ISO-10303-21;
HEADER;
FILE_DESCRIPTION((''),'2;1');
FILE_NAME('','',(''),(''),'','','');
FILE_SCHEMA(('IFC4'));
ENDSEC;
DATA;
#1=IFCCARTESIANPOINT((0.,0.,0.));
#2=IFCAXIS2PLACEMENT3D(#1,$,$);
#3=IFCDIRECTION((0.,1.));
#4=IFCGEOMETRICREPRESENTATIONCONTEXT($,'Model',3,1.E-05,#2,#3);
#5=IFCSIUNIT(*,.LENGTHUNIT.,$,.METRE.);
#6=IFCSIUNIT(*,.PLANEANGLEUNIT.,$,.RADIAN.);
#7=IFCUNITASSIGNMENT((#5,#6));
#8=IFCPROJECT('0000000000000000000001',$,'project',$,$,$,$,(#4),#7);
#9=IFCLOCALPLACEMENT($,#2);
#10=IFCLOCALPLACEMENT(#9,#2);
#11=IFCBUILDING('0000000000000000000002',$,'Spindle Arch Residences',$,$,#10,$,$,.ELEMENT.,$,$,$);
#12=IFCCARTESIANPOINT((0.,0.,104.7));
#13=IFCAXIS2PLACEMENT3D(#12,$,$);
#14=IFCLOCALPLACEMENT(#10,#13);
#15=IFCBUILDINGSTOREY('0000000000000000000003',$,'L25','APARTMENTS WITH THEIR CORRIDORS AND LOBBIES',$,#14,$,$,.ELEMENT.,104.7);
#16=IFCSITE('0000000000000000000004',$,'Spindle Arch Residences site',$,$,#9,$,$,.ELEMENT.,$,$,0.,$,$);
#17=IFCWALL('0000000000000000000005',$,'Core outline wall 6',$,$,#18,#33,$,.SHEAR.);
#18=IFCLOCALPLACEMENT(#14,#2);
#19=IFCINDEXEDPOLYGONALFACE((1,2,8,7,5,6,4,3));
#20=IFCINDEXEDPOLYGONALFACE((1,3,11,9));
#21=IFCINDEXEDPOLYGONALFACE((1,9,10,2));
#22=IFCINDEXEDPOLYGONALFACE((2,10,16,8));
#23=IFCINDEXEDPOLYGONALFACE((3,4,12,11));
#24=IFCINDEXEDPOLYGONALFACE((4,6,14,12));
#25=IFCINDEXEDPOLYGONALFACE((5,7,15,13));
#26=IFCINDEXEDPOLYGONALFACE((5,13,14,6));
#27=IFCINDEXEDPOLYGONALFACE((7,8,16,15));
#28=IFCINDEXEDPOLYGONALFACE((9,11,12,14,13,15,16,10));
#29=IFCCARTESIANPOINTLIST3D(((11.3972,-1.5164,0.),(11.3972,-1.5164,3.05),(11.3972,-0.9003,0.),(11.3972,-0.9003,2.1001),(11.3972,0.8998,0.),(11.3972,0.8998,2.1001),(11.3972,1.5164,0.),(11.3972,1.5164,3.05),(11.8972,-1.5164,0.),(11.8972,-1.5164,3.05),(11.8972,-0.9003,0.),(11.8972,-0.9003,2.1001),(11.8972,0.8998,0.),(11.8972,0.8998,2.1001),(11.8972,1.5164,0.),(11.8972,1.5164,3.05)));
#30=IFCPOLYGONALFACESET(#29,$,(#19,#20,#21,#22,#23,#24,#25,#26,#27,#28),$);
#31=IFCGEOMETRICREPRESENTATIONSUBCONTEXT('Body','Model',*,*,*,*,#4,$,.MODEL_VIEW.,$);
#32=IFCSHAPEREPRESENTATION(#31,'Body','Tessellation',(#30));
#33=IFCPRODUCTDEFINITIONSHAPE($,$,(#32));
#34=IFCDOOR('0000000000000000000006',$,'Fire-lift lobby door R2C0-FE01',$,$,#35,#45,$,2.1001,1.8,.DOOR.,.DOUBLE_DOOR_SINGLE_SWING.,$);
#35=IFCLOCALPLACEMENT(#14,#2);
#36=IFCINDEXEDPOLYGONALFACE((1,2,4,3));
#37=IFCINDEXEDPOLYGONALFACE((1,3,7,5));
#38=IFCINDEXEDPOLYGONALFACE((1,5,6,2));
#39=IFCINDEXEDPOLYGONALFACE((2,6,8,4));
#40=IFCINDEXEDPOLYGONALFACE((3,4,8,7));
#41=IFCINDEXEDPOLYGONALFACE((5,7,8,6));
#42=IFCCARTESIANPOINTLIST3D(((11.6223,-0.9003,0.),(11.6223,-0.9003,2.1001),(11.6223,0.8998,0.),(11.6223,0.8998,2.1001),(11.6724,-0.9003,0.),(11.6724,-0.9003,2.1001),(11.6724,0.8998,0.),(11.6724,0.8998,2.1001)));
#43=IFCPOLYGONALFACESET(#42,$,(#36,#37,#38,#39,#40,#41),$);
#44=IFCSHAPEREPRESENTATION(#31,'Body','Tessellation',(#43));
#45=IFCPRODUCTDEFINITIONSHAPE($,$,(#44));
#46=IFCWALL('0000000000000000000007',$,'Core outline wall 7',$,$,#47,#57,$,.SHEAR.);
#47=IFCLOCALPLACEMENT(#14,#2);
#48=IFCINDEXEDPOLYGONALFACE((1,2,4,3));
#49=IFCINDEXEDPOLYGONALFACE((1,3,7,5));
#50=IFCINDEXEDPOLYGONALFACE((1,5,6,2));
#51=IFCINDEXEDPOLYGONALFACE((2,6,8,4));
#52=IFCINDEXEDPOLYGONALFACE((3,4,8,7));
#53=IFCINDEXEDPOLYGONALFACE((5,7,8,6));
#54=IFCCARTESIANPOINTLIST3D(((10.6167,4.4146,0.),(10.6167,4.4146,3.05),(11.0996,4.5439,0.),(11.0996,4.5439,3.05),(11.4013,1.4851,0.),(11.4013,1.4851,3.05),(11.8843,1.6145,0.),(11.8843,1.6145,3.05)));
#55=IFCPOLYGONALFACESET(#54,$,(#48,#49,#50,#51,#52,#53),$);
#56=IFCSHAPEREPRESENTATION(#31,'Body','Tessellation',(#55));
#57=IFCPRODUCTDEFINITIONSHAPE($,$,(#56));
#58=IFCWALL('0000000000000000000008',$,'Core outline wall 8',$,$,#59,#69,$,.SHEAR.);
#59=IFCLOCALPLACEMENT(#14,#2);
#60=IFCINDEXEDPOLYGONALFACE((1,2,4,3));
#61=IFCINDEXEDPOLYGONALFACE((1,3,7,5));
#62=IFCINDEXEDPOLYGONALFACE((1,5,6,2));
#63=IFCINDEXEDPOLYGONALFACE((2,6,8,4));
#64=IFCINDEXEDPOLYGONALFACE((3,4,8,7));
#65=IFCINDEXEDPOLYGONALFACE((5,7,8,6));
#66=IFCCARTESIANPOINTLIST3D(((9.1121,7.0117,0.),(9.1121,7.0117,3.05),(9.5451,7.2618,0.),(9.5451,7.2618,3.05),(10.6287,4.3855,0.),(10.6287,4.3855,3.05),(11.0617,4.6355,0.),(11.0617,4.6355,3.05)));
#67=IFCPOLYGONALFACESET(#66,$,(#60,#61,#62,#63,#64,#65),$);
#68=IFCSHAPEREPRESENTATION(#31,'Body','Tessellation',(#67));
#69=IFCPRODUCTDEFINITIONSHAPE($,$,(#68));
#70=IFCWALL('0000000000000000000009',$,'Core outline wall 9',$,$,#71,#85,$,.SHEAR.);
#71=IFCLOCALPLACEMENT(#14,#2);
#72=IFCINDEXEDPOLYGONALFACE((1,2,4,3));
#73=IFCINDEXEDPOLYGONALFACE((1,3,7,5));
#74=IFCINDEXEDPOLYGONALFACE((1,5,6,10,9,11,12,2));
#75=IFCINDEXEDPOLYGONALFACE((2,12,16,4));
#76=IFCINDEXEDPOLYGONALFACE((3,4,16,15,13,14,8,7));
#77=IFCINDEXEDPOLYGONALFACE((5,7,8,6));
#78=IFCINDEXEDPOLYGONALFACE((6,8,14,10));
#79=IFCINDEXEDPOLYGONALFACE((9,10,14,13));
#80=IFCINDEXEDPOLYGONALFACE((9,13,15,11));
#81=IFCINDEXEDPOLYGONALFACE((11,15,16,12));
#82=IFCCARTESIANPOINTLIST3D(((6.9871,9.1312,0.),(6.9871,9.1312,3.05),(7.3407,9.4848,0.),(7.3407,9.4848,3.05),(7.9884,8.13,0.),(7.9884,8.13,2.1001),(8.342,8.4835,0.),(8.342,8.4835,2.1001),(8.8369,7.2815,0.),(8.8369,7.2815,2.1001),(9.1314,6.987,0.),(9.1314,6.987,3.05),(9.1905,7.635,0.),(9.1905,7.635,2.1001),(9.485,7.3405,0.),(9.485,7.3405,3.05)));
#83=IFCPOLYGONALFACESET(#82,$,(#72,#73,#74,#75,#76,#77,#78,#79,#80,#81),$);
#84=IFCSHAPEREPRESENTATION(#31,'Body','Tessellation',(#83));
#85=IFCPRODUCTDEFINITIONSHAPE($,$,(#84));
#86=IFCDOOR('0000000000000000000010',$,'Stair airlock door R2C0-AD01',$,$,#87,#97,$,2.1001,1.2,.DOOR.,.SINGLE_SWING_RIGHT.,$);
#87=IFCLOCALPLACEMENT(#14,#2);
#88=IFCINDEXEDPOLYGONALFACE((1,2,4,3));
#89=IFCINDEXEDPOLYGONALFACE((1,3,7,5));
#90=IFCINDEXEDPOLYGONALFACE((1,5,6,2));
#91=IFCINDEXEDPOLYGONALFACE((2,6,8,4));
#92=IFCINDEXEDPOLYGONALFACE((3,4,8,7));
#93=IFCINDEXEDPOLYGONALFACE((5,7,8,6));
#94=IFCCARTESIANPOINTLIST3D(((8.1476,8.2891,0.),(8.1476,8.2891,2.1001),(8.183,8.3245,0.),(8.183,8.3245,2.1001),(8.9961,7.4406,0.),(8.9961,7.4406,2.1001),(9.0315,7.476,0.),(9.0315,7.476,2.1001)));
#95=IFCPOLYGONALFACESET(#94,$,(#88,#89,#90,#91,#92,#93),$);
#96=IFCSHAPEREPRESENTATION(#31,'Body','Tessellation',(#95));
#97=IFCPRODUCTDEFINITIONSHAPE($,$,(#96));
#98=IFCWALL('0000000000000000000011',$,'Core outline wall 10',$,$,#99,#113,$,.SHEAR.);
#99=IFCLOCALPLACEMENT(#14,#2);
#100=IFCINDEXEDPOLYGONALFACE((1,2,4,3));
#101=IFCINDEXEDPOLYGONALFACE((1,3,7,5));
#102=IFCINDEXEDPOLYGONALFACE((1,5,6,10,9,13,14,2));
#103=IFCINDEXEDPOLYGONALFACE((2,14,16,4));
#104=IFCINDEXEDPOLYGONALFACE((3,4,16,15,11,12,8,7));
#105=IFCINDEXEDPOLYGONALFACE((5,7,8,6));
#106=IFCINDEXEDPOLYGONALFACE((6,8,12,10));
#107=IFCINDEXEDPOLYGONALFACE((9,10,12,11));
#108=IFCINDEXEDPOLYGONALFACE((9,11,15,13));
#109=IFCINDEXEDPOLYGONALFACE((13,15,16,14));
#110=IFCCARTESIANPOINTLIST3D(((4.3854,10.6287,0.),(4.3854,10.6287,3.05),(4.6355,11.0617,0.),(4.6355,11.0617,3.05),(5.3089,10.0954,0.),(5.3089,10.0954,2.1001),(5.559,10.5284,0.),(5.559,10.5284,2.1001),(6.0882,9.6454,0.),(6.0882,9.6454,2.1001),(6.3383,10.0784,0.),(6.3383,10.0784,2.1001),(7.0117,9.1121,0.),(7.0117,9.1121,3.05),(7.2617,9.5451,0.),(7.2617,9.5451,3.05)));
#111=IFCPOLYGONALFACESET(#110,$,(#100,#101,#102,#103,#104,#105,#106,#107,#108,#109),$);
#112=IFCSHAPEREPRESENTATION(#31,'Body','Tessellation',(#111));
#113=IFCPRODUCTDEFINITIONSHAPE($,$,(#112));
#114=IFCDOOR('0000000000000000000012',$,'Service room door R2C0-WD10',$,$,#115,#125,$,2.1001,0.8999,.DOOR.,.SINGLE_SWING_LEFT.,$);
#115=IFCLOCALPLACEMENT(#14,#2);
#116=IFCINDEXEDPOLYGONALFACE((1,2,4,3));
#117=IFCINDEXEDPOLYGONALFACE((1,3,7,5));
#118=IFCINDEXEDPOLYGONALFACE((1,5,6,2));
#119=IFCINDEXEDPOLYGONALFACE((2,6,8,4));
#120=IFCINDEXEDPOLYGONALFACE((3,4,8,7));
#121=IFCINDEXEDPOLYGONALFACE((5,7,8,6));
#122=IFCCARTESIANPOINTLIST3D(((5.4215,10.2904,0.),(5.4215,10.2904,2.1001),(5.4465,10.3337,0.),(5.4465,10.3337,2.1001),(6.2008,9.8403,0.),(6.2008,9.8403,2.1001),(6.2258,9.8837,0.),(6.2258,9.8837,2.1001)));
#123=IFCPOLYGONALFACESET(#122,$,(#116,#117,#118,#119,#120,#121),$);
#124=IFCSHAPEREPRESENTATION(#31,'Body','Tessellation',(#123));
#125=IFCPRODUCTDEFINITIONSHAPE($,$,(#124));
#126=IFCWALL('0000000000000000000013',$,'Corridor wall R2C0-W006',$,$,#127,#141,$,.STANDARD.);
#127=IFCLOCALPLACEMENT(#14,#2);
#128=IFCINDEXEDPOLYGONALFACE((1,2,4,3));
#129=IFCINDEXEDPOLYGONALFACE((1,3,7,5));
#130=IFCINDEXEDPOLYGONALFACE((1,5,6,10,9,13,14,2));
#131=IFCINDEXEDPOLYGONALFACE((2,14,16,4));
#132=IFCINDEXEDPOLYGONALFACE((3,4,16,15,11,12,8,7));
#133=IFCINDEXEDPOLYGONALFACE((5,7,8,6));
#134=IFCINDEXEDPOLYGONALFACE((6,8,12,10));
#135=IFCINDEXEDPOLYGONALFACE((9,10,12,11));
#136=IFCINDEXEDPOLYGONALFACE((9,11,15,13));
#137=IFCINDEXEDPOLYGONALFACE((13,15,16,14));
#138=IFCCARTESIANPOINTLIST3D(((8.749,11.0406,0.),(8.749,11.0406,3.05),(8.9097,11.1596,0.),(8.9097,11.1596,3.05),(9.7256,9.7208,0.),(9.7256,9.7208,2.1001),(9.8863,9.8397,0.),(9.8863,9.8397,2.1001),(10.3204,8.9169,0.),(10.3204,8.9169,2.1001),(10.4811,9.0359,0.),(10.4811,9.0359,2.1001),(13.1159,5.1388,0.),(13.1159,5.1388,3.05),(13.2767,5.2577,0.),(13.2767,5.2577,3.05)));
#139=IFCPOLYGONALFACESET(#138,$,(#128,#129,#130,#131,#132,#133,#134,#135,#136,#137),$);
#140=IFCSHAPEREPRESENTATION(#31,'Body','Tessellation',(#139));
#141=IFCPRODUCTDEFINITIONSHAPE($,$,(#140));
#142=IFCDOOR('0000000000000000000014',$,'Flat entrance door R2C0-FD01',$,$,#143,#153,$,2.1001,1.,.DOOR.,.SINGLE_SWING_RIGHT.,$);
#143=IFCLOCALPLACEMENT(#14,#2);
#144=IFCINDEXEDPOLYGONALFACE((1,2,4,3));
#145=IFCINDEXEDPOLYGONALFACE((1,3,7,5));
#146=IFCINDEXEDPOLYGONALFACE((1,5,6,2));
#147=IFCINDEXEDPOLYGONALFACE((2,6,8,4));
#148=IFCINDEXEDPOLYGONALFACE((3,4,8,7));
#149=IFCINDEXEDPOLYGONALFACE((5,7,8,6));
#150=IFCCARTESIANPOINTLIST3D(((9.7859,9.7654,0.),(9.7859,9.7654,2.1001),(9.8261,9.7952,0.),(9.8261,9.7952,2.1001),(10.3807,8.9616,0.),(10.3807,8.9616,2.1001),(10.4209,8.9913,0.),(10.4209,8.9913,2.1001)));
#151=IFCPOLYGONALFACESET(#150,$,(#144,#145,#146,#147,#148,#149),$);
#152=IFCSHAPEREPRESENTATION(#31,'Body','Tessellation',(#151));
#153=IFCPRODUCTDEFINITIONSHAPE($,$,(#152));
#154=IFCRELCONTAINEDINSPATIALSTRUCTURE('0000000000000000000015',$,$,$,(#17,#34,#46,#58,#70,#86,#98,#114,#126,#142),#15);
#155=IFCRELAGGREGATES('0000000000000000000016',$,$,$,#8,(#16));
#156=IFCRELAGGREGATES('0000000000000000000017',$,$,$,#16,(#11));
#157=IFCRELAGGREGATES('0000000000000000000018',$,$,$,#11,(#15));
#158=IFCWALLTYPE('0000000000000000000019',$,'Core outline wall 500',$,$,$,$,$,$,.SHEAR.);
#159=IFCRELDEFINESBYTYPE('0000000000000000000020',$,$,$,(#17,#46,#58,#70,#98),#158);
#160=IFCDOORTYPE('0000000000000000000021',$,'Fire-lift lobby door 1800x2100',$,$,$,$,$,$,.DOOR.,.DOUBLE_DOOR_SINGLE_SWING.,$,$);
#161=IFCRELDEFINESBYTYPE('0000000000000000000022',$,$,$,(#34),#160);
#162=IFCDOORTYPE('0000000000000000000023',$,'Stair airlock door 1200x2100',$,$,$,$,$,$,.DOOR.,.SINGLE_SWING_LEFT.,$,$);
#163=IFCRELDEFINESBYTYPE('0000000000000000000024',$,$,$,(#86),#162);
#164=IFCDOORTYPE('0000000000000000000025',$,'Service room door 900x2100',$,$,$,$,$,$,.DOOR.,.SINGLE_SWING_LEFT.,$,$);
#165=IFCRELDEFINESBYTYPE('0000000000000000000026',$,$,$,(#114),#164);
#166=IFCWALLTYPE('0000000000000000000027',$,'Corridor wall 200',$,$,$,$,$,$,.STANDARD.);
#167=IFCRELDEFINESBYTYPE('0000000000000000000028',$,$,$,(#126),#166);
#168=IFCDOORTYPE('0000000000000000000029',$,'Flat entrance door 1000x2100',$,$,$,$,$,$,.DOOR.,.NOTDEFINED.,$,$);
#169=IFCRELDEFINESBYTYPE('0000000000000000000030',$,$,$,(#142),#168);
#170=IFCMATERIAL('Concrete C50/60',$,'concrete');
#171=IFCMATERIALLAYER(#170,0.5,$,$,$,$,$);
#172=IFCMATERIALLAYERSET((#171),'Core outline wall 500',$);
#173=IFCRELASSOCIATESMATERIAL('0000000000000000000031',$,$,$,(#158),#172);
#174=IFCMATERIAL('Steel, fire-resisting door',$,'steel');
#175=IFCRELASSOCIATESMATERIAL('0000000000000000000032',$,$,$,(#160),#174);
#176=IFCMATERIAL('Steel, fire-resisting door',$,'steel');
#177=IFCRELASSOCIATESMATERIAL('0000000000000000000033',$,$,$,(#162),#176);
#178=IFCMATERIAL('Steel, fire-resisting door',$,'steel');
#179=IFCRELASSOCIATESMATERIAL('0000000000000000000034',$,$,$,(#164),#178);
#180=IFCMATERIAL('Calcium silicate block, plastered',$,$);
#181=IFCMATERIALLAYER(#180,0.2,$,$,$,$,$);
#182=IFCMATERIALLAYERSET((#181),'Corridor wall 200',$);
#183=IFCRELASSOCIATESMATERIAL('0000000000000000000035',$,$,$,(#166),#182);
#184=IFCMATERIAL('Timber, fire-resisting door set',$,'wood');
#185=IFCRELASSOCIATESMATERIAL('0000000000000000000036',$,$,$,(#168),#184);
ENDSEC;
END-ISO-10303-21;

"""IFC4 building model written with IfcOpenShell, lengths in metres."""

from ifc_helpers import new_model, si_unit, direction, frame, frame_2d, origin, place, context, subcontext, project, spatial, rectangle, extrude, material, layer, layer_set, type_object, element, fill, save


model = new_model("IFC4")

# Units and contexts
model_context = context("Model", 3, precision=1e-05, world=origin(), true_north=direction((0.0, 1.0)))
body_context = subcontext(model_context, "Body", "Model", "MODEL_VIEW")
ifc_project = project(units=[si_unit("LENGTHUNIT", "METRE"), si_unit("PLANEANGLEUNIT", "RADIAN")], contexts=[model_context])

# Site, building, storey
site_placement = place(None, origin())
site = spatial("IfcSite", under=ifc_project, at=site_placement, Name="Spindle Arch Residences site", CompositionType="ELEMENT", RefElevation=0.0)
building_placement = place(site_placement, origin())
building = spatial("IfcBuilding", under=site, at=building_placement, Name="Spindle Arch Residences", CompositionType="ELEMENT")
storey_placement = place(building_placement, frame((0.0, 0.0, 104.7)))
storey = spatial("IfcBuildingStorey", under=building, at=storey_placement, Name="L25", Description="APARTMENTS WITH THEIR CORRIDORS AND LOBBIES", CompositionType="ELEMENT", Elevation=104.7)

# Wall, opening, door
ifc_material_1 = material(Name="Concrete C50/60", Category="concrete")
ifc_layer_1 = layer(ifc_material_1, 0.5)
ifc_layer_set_1 = layer_set([ifc_layer_1], Name="Core outline wall 500")
wall_type_1 = type_object("IfcWallType", Name="Core outline wall 500", PredefinedType="SHEAR", material=ifc_layer_set_1)
wall_1_placement = place(storey_placement, frame((11.6472, -1.5164, 0.0), z_axis=(0.0, 0.0, 1.0), x_axis=(0.0, 1.0, 0.0)))
wall_1 = element("IfcWall", 1, at=wall_1_placement, inside=storey, type_object=wall_type_1, Name="Core outline wall 6", PredefinedType="SHEAR", context=body_context, shape_type="SweptSolid", body=[
    extrude(rectangle(XDim=3.0327, YDim=0.5, at=frame_2d((1.5164, 0.0))), origin(), (0.0, 0.0, 1.0), 3.05),
])
opening_1_placement = place(wall_1_placement, frame((0.6162, 0.0, 0.0)))
opening_1 = element("IfcOpeningElement", 2, at=opening_1_placement, cuts=wall_1, PredefinedType="OPENING", context=body_context, shape_type="SweptSolid", body=[
    extrude(rectangle(XDim=1.8, YDim=2.1001, at=frame_2d((0.8999, 1.05))), frame((0.0, 0.26, 0.0), z_axis=(0.0, -1.0, 0.0), x_axis=(1.0, 0.0, 0.0)), (0.0, 0.0, 1.0), 0.52),
])
ifc_material_2 = material(Name="Steel, fire-resisting door", Category="steel")
door_type_1 = type_object("IfcDoorType", Name="Fire-lift lobby door 1800x2100", OperationType="DOUBLE_DOOR_SINGLE_SWING", PredefinedType="DOOR", material=ifc_material_2)
door_1_placement = place(opening_1_placement, origin())
door_1 = element("IfcDoor", 3, at=door_1_placement, inside=storey, type_object=door_type_1, Name="Fire-lift lobby door R2C0-FE01", OperationType="DOUBLE_DOOR_SINGLE_SWING", OverallHeight=2.1001, OverallWidth=1.8, PredefinedType="DOOR", context=body_context, shape_type="SweptSolid", body=[
    extrude(rectangle(XDim=1.8, YDim=2.1001, at=frame_2d((0.8999, 1.05))), frame((0.0, 0.0249, 0.0), z_axis=(0.0, -1.0, 0.0), x_axis=(1.0, 0.0, 0.0)), (0.0, 0.0, 1.0), 0.05),
])
fill(opening_1, door_1)

# Walls
for number, where, z_axis, x_axis, name in (
    (4, (11.6428, 1.5498, 0.0), (0.0, 0.0, 1.0), (-0.258735, 0.965948, 0.0), "Core outline wall 7"),
    (5, (10.8452, 4.5105, 0.0), (0.0, 0.0, 1.0), (-0.500087, 0.865975, 0.0), "Core outline wall 8"),
):
    element("IfcWall", number, at=place(storey_placement, frame(where, z_axis=z_axis, x_axis=x_axis)), inside=storey, type_object=wall_type_1, Name=name, PredefinedType="SHEAR", context=body_context, shape_type="SweptSolid", body=[
        extrude(rectangle(XDim=3.0327, YDim=0.5, at=frame_2d((1.5164, 0.0))), origin(), (0.0, 0.0, 1.0), 3.05),
    ])

# Walls, openings, doors
wall_2_placement = place(storey_placement, frame((9.3081, 7.1638, 0.0), z_axis=(0.0, 0.0, 1.0), x_axis=(-0.707107, 0.707107, 0.0)))
wall_2 = element("IfcWall", 6, at=wall_2_placement, inside=storey, type_object=wall_type_1, Name="Core outline wall 9", PredefinedType="SHEAR", context=body_context, shape_type="SweptSolid", body=[
    extrude(rectangle(XDim=3.0325, YDim=0.5, at=frame_2d((1.5161, 0.0))), origin(), (0.0, 0.0, 1.0), 3.05),
])
opening_2_placement = place(wall_2_placement, frame((0.4163, 0.0, 0.0)))
opening_2 = element("IfcOpeningElement", 7, at=opening_2_placement, cuts=wall_2, PredefinedType="OPENING", context=body_context, shape_type="SweptSolid", body=[
    extrude(rectangle(XDim=1.2, YDim=2.1001, at=frame_2d((0.6001, 1.05))), frame((0.0, 0.26, 0.0), z_axis=(0.0, -1.0, 0.0), x_axis=(1.0, 0.0, 0.0)), (0.0, 0.0, 1.0), 0.52),
])
ifc_material_3 = material(Name="Steel, fire-resisting door", Category="steel")
door_type_2 = type_object("IfcDoorType", Name="Stair airlock door 1200x2100", OperationType="SINGLE_SWING_LEFT", PredefinedType="DOOR", material=ifc_material_3)
door_2_placement = place(opening_2_placement, origin())
door_2 = element("IfcDoor", 8, at=door_2_placement, inside=storey, type_object=door_type_2, Name="Stair airlock door R2C0-AD01", OperationType="SINGLE_SWING_RIGHT", OverallHeight=2.1001, OverallWidth=1.2, PredefinedType="DOOR", context=body_context, shape_type="SweptSolid", body=[
    extrude(rectangle(XDim=1.2, YDim=2.1001, at=frame_2d((0.6001, 1.05))), frame((0.0, 0.0249, 0.0), z_axis=(0.0, -1.0, 0.0), x_axis=(1.0, 0.0, 0.0)), (0.0, 0.0, 1.0), 0.05),
])
fill(opening_2, door_2)
wall_3_placement = place(storey_placement, frame((7.1367, 9.3286, 0.0), z_axis=(0.0, 0.0, 1.0), x_axis=(-0.865975, 0.500087, 0.0)))
wall_3 = element("IfcWall", 9, at=wall_3_placement, inside=storey, type_object=wall_type_1, Name="Core outline wall 10", PredefinedType="SHEAR", context=body_context, shape_type="SweptSolid", body=[
    extrude(rectangle(XDim=3.0327, YDim=0.5, at=frame_2d((1.5164, 0.0))), origin(), (0.0, 0.0, 1.0), 3.05),
])
opening_3_placement = place(wall_3_placement, frame((1.0664, 0.0, 0.0)))
opening_3 = element("IfcOpeningElement", 10, at=opening_3_placement, cuts=wall_3, PredefinedType="OPENING", context=body_context, shape_type="SweptSolid", body=[
    extrude(rectangle(XDim=0.8999, YDim=2.1001, at=frame_2d((0.45, 1.05))), frame((0.0, 0.26, 0.0), z_axis=(0.0, -1.0, 0.0), x_axis=(1.0, 0.0, 0.0)), (0.0, 0.0, 1.0), 0.52),
])
ifc_material_4 = material(Name="Steel, fire-resisting door", Category="steel")
door_type_3 = type_object("IfcDoorType", Name="Service room door 900x2100", OperationType="SINGLE_SWING_LEFT", PredefinedType="DOOR", material=ifc_material_4)
door_3_placement = place(opening_3_placement, origin())
door_3 = element("IfcDoor", 11, at=door_3_placement, inside=storey, type_object=door_type_3, Name="Service room door R2C0-WD10", OperationType="SINGLE_SWING_LEFT", OverallHeight=2.1001, OverallWidth=0.8999, PredefinedType="DOOR", context=body_context, shape_type="SweptSolid", body=[
    extrude(rectangle(XDim=0.8999, YDim=2.1001, at=frame_2d((0.45, 1.05))), frame((0.0, 0.0249, 0.0), z_axis=(0.0, -1.0, 0.0), x_axis=(1.0, 0.0, 0.0)), (0.0, 0.0, 1.0), 0.05),
])
fill(opening_3, door_3)
ifc_material_5 = material(Name="Calcium silicate block, plastered")
ifc_layer_2 = layer(ifc_material_5, 0.2)
ifc_layer_set_2 = layer_set([ifc_layer_2], Name="Corridor wall 200")
wall_type_2 = type_object("IfcWallType", Name="Corridor wall 200", PredefinedType="STANDARD", material=ifc_layer_set_2)
wall_4_placement = place(storey_placement, frame((13.1963, 5.1982, 0.0), z_axis=(0.0, 0.0, 1.0), x_axis=(-0.594805, 0.80387, 0.0)))
wall_4 = element("IfcWall", 12, at=wall_4_placement, inside=storey, type_object=wall_type_2, Name="Corridor wall R2C0-W006", PredefinedType="STANDARD", context=body_context, shape_type="SweptSolid", body=[
    extrude(rectangle(XDim=7.3418, YDim=0.2, at=frame_2d((3.6709, 0.0))), origin(), (0.0, 0.0, 1.0), 3.05),
])
opening_4_placement = place(wall_4_placement, frame((4.7, 0.0, 0.0)))
opening_4 = element("IfcOpeningElement", 13, at=opening_4_placement, cuts=wall_4, PredefinedType="OPENING", context=body_context, shape_type="SweptSolid", body=[
    extrude(rectangle(XDim=1.0, YDim=2.1001, at=frame_2d((0.5, 1.05))), frame((0.0, 0.1099, 0.0), z_axis=(0.0, -1.0, 0.0), x_axis=(1.0, 0.0, 0.0)), (0.0, 0.0, 1.0), 0.22),
])
ifc_material_6 = material(Name="Timber, fire-resisting door set", Category="wood")
door_type_4 = type_object("IfcDoorType", Name="Flat entrance door 1000x2100", OperationType="NOTDEFINED", PredefinedType="DOOR", material=ifc_material_6)
door_4_placement = place(opening_4_placement, origin())
door_4 = element("IfcDoor", 14, at=door_4_placement, inside=storey, type_object=door_type_4, Name="Flat entrance door R2C0-FD01", OperationType="SINGLE_SWING_RIGHT", OverallHeight=2.1001, OverallWidth=1.0, PredefinedType="DOOR", context=body_context, shape_type="SweptSolid", body=[
    extrude(rectangle(XDim=1.0, YDim=2.1001, at=frame_2d((0.5, 1.05))), frame((0.0, 0.0249, 0.0), z_axis=(0.0, -1.0, 0.0), x_axis=(1.0, 0.0, 0.0)), (0.0, 0.0, 1.0), 0.05),
])
fill(opening_4, door_4)

save(model, "model.ifc")
